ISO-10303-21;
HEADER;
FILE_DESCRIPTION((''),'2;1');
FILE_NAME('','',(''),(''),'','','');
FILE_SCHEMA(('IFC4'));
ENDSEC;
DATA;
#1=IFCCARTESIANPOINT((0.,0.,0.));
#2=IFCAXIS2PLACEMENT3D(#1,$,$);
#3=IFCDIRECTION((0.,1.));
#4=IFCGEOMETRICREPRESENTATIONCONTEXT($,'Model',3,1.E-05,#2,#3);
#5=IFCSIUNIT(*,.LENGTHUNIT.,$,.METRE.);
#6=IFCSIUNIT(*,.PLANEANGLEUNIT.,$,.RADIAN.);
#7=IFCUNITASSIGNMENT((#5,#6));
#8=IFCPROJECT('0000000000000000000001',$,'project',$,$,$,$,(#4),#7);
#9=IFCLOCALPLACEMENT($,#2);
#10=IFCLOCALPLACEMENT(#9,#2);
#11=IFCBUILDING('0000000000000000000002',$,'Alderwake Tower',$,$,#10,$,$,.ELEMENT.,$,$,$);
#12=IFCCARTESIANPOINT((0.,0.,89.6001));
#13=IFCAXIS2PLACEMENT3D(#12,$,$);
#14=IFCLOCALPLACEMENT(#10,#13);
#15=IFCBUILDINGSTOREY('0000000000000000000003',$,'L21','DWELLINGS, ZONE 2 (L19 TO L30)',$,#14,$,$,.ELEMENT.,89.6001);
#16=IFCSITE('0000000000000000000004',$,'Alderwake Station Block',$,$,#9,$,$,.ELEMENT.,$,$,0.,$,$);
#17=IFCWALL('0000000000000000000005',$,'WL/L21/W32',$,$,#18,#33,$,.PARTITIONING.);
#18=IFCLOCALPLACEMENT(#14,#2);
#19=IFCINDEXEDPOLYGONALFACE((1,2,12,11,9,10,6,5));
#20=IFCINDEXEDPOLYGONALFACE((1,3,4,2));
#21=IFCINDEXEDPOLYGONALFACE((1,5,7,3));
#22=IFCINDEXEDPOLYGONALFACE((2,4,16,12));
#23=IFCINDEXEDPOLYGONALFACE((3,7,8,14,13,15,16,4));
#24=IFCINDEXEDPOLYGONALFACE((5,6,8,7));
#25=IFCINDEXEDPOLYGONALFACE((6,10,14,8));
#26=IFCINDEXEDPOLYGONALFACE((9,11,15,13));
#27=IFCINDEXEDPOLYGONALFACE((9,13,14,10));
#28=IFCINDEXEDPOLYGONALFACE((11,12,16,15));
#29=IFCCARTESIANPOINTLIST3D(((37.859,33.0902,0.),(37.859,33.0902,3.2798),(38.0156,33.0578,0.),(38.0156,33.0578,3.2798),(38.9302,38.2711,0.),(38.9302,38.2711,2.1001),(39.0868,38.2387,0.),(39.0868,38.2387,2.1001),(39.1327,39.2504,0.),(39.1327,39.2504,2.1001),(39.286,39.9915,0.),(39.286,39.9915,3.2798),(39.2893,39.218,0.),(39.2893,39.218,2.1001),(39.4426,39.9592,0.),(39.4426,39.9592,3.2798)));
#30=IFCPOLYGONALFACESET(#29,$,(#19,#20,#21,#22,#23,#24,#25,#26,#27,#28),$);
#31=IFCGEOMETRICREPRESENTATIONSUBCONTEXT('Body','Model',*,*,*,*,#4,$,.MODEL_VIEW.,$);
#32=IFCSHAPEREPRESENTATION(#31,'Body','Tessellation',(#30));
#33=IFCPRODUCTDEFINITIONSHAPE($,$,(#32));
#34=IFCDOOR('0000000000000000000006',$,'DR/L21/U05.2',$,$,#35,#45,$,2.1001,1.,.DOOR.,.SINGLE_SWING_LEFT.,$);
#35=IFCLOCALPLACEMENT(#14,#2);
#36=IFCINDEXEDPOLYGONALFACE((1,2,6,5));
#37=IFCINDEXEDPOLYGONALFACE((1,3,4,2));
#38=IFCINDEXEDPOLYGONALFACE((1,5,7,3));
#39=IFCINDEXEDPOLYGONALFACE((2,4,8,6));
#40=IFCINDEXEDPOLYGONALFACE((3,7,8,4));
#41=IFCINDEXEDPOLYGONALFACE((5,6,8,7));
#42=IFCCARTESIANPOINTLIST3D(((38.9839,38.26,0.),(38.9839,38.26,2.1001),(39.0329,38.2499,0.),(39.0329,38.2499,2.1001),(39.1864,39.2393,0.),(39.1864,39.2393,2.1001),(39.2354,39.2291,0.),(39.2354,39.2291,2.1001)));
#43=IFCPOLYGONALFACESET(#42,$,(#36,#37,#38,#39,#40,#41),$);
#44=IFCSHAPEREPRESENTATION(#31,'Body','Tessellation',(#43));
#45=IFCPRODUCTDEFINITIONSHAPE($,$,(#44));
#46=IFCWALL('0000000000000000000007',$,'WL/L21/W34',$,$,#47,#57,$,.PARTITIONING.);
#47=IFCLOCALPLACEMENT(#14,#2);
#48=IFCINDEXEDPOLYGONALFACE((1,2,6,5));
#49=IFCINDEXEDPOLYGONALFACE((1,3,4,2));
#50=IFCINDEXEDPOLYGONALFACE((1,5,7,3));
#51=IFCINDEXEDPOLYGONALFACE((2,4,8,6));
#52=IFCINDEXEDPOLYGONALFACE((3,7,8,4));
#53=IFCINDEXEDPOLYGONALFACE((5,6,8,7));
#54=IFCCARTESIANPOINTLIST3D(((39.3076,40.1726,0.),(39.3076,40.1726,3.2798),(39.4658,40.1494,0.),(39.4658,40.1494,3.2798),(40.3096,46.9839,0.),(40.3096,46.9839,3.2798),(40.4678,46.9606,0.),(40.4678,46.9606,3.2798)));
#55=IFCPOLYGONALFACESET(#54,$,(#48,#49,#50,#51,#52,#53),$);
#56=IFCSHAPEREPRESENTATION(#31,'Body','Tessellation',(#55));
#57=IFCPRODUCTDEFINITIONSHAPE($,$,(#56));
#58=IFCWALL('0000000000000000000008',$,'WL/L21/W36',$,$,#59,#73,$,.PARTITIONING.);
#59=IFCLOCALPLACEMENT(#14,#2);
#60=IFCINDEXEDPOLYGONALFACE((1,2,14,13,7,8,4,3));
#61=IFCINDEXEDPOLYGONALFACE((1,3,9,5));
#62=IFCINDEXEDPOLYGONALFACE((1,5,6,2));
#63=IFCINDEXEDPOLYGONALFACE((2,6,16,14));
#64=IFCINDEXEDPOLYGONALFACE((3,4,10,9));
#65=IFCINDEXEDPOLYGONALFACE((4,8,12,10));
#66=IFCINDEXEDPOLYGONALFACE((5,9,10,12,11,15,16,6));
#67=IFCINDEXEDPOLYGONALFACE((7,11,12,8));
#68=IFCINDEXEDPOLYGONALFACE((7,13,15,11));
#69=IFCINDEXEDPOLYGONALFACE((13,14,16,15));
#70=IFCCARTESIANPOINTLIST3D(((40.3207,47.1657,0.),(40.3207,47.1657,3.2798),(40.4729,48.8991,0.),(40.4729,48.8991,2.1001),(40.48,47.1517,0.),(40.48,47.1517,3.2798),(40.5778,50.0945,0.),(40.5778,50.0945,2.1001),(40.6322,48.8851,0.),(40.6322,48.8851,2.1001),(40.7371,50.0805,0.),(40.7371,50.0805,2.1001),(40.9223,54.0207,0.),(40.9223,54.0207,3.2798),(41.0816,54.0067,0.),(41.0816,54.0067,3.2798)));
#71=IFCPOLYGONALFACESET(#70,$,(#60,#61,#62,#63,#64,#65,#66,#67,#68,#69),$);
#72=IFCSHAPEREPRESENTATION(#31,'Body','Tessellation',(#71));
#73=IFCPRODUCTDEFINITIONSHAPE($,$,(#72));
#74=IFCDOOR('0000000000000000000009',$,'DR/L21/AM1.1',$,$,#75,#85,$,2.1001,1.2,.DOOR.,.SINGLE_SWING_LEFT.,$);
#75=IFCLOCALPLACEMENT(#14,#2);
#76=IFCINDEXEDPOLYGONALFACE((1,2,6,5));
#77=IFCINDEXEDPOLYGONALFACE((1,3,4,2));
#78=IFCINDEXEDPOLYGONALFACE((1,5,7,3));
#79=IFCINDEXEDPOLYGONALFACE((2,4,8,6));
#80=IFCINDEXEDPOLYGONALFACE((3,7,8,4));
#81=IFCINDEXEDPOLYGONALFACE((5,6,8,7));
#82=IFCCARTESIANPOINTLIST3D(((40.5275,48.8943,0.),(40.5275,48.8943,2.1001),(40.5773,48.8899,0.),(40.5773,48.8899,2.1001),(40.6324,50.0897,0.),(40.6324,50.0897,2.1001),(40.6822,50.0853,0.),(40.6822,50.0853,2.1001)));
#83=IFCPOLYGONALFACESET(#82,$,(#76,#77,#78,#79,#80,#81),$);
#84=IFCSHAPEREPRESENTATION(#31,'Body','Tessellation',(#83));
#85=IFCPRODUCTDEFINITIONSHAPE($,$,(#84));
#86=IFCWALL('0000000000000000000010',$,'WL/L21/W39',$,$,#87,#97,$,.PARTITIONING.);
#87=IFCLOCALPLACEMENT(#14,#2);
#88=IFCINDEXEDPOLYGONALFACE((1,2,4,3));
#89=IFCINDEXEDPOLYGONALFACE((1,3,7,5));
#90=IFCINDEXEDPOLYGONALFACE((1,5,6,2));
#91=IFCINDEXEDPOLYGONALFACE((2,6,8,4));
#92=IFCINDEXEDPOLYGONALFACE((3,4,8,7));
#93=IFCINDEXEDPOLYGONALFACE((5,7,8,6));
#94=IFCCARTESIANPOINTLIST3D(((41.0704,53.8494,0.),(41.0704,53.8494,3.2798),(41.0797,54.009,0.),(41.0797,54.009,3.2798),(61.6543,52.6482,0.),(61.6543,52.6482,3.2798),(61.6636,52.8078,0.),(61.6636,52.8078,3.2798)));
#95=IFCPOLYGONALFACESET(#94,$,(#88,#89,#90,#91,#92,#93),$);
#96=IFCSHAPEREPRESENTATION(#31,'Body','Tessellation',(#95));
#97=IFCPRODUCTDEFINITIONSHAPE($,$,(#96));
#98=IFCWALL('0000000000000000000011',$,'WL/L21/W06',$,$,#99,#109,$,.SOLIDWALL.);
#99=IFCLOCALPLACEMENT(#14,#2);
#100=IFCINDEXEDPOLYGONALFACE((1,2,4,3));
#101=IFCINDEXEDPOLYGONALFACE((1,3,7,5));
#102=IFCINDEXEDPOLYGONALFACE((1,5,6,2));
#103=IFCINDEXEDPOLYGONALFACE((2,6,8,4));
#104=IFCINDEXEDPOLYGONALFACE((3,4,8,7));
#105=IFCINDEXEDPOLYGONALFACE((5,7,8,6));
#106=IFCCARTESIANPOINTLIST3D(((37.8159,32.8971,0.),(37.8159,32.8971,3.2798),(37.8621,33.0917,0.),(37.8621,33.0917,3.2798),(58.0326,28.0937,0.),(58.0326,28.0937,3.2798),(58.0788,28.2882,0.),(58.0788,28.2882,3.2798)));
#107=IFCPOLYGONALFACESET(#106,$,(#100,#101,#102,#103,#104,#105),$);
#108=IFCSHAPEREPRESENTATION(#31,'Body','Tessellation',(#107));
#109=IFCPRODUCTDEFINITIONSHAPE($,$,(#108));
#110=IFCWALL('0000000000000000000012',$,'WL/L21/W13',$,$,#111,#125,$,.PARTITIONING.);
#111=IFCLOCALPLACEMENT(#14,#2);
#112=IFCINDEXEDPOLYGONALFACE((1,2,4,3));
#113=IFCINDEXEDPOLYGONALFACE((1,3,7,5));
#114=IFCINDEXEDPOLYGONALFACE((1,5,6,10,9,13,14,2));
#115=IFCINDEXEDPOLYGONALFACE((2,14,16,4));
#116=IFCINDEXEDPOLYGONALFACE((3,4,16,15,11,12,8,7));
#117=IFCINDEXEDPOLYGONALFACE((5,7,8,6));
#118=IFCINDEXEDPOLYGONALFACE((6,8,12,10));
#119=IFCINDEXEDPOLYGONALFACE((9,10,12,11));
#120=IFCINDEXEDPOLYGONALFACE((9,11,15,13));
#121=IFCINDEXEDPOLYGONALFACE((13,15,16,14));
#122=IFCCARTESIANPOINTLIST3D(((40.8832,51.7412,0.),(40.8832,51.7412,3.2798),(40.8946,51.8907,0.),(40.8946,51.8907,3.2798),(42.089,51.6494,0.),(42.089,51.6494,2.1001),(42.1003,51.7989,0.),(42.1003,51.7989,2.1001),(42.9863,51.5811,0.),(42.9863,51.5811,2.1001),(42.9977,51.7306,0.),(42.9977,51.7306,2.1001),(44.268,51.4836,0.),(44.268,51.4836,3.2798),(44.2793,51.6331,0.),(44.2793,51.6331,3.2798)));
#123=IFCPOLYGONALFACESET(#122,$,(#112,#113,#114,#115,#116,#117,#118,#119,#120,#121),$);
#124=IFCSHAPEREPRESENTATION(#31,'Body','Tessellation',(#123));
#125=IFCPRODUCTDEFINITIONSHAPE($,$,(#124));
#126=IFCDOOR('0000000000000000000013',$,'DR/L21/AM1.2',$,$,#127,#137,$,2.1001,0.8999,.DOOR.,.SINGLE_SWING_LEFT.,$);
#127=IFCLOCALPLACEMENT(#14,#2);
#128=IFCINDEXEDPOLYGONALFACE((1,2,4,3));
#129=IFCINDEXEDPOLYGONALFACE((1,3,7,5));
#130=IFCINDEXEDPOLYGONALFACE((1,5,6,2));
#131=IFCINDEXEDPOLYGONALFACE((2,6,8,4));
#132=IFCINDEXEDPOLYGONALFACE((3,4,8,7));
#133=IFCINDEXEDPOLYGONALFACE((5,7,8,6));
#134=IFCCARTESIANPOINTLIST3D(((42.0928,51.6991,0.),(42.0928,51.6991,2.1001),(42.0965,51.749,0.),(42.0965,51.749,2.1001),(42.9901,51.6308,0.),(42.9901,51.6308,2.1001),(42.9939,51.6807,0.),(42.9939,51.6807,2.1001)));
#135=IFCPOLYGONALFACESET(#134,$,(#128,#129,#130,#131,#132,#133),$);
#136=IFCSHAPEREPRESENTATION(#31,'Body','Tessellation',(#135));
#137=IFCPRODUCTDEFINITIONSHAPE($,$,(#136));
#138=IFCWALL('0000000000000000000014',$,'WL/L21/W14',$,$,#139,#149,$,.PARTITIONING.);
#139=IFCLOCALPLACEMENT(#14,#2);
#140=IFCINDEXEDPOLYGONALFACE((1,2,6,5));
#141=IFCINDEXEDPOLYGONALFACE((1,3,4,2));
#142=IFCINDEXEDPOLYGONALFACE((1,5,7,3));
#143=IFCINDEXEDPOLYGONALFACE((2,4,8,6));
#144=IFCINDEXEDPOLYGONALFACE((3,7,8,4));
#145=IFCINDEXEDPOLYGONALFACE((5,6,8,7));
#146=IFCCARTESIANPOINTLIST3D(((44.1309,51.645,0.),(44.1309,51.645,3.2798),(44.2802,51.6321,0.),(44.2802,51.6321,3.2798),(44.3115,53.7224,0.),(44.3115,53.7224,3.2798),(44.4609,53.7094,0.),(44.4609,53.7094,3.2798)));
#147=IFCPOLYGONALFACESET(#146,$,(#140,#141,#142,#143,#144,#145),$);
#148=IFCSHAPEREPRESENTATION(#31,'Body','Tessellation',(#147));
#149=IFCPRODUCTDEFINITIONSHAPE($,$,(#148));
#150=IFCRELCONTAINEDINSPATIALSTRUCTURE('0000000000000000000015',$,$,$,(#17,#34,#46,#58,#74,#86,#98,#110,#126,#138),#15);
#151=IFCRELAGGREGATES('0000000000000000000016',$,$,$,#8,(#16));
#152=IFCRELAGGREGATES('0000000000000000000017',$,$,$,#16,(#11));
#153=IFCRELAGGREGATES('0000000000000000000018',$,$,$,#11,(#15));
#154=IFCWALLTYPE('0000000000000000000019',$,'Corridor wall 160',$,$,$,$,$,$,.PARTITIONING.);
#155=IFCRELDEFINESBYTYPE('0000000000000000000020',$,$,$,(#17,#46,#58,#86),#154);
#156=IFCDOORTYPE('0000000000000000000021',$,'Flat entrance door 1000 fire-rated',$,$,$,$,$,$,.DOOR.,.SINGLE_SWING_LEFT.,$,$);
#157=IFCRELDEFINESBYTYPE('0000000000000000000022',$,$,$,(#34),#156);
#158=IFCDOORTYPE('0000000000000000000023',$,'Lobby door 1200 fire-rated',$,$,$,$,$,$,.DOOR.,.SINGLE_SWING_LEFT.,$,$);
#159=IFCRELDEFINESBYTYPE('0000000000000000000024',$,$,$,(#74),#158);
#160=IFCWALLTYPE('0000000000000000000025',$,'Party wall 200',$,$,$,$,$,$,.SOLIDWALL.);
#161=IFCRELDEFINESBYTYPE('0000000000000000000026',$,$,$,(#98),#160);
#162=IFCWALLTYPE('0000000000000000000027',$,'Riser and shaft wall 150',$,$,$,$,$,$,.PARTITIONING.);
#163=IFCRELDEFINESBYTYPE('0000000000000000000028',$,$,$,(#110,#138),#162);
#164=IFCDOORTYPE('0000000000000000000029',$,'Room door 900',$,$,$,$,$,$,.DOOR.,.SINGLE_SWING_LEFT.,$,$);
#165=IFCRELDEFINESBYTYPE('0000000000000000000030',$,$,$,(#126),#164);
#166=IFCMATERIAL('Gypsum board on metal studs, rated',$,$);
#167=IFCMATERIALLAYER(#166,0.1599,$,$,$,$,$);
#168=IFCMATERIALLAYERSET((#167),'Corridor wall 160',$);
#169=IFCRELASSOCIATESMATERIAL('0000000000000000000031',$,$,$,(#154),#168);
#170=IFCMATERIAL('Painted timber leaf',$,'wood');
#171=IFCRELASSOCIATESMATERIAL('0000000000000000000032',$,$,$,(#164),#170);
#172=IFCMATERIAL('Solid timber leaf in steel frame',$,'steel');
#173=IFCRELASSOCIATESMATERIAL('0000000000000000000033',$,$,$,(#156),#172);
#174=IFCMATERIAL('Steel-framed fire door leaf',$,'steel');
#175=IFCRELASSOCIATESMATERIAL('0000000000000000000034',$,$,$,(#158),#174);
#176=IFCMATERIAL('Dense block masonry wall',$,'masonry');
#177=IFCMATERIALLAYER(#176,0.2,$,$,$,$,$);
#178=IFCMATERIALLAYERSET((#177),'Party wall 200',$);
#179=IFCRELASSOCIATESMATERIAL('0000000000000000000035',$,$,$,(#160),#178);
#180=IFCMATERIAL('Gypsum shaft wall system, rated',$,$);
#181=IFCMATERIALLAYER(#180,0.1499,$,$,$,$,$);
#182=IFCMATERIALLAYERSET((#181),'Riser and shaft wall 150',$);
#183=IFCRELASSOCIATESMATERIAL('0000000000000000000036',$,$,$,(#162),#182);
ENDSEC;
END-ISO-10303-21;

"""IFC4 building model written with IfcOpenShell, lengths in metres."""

from ifc_helpers import new_model, si_unit, direction, frame, frame_2d, origin, place, context, subcontext, project, spatial, rectangle, extrude, material, layer, layer_set, type_object, element, fill, save


model = new_model("IFC4")

# Units and contexts
model_context = context("Model", 3, precision=1e-05, world=origin(), true_north=direction((0.0, 1.0)))
body_context = subcontext(model_context, "Body", "Model", "MODEL_VIEW")
ifc_project = project(units=[si_unit("LENGTHUNIT", "METRE"), si_unit("PLANEANGLEUNIT", "RADIAN")], contexts=[model_context])

# Site, building, storey
site_placement = place(None, origin())
site = spatial("IfcSite", under=ifc_project, at=site_placement, Name="Alderwake Station Block", CompositionType="ELEMENT", RefElevation=0.0)
building_placement = place(site_placement, origin())
building = spatial("IfcBuilding", under=site, at=building_placement, Name="Alderwake Tower", CompositionType="ELEMENT")
storey_placement = place(building_placement, frame((0.0, 0.0, 89.6001)))
storey = spatial("IfcBuildingStorey", under=building, at=storey_placement, Name="L21", Description="DWELLINGS, ZONE 2 (L19 TO L30)", CompositionType="ELEMENT", Elevation=89.6001)

# Shared definitions
ifc_material_1 = material(Name="Gypsum board on metal studs, rated")
ifc_layer_1 = layer(ifc_material_1, 0.1599)
ifc_layer_set_1 = layer_set([ifc_layer_1], Name="Corridor wall 160")
wall_type_1 = type_object("IfcWallType", Name="Corridor wall 160", PredefinedType="PARTITIONING", material=ifc_layer_set_1)
ifc_material_2 = material(Name="Painted timber leaf", Category="wood")
door_type_1 = type_object("IfcDoorType", Name="Room door 900", OperationType="SINGLE_SWING_LEFT", PredefinedType="DOOR", material=ifc_material_2)

# Wall, opening, door
ifc_material_3 = material(Name="Solid timber leaf in steel frame", Category="steel")
door_type_2 = type_object("IfcDoorType", Name="Flat entrance door 1000 fire-rated", OperationType="SINGLE_SWING_LEFT", PredefinedType="DOOR", material=ifc_material_3)
wall_1_placement = place(storey_placement, frame((39.3643, 39.9753, 0.0), z_axis=(0.0, 0.0, 1.0), x_axis=(-0.202488, -0.979285, 0.0)))
wall_1 = element("IfcWall", 1, at=wall_1_placement, inside=storey, type_object=wall_type_1, Name="WL/L21/W32", PredefinedType="PARTITIONING", context=body_context, shape_type="SweptSolid", body=[
    extrude(rectangle(XDim=7.0474, YDim=0.1599, at=frame_2d((3.5237, 0.0))), origin(), (0.0, 0.0, 1.0), 3.2798),
])
opening_1_placement = place(wall_1_placement, frame((0.7568, 0.0, 0.0)))
opening_1 = element("IfcOpeningElement", 2, at=opening_1_placement, cuts=wall_1, PredefinedType="OPENING", context=body_context, shape_type="SweptSolid", body=[
    extrude(rectangle(XDim=1.0, YDim=2.1001, at=frame_2d((0.5, 1.05))), frame((0.0, 0.0898, 0.0), z_axis=(0.0, -1.0, 0.0), x_axis=(1.0, 0.0, 0.0)), (0.0, 0.0, 1.0), 0.1799),
])
door_1_placement = place(opening_1_placement, origin())
door_1 = element("IfcDoor", 3, at=door_1_placement, inside=storey, type_object=door_type_2, Name="DR/L21/U05.2", OperationType="SINGLE_SWING_LEFT", OverallHeight=2.1001, OverallWidth=1.0, PredefinedType="DOOR", context=body_context, shape_type="SweptSolid", body=[
    extrude(rectangle(XDim=1.0, YDim=2.1001, at=frame_2d((0.5, 1.05))), frame((0.0, 0.0249, 0.0), z_axis=(0.0, -1.0, 0.0), x_axis=(1.0, 0.0, 0.0)), (0.0, 0.0, 1.0), 0.05),
])
fill(opening_1, door_1)

# Wall
wall_2_placement = place(storey_placement, frame((39.3867, 40.1609, 0.0), z_axis=(0.0, 0.0, 1.0), x_axis=(0.145536, 0.989353, 0.0)))
element("IfcWall", 4, at=wall_2_placement, inside=storey, type_object=wall_type_1, Name="WL/L21/W34", PredefinedType="PARTITIONING", context=body_context, shape_type="SweptSolid", body=[
    extrude(rectangle(XDim=6.8845, YDim=0.1599, at=frame_2d((3.4424, 0.0))), origin(), (0.0, 0.0, 1.0), 3.2798),
])

# Wall, opening, door
wall_3_placement = place(storey_placement, frame((41.002, 54.0137, 0.0), z_axis=(0.0, 0.0, 1.0), x_axis=(-0.08742, -0.996172, 0.0)))
wall_3 = element("IfcWall", 5, at=wall_3_placement, inside=storey, type_object=wall_type_1, Name="WL/L21/W36", PredefinedType="PARTITIONING", context=body_context, shape_type="SweptSolid", body=[
    extrude(rectangle(XDim=6.8813, YDim=0.1599, at=frame_2d((3.4407, 0.0))), origin(), (0.0, 0.0, 1.0), 3.2798),
])
opening_2_placement = place(wall_3_placement, frame((3.9412, 0.0, 0.0)))
opening_2 = element("IfcOpeningElement", 6, at=opening_2_placement, cuts=wall_3, PredefinedType="OPENING", context=body_context, shape_type="SweptSolid", body=[
    extrude(rectangle(XDim=1.2, YDim=2.1001, at=frame_2d((0.6001, 1.05))), frame((0.0, 0.0898, 0.0), z_axis=(0.0, -1.0, 0.0), x_axis=(1.0, 0.0, 0.0)), (0.0, 0.0, 1.0), 0.1799),
])
ifc_material_4 = material(Name="Steel-framed fire door leaf", Category="steel")
door_type_3 = type_object("IfcDoorType", Name="Lobby door 1200 fire-rated", OperationType="SINGLE_SWING_LEFT", PredefinedType="DOOR", material=ifc_material_4)
door_2_placement = place(opening_2_placement, origin())
door_2 = element("IfcDoor", 7, at=door_2_placement, inside=storey, type_object=door_type_3, Name="DR/L21/AM1.1", OperationType="SINGLE_SWING_LEFT", OverallHeight=2.1001, OverallWidth=1.2, PredefinedType="DOOR", context=body_context, shape_type="SweptSolid", body=[
    extrude(rectangle(XDim=1.2, YDim=2.1001, at=frame_2d((0.6001, 1.05))), frame((0.0, 0.0249, 0.0), z_axis=(0.0, -1.0, 0.0), x_axis=(1.0, 0.0, 0.0)), (0.0, 0.0, 1.0), 0.05),
])
fill(opening_2, door_2)

# Walls
wall_4_placement = place(storey_placement, frame((41.075, 53.9292, 0.0), z_axis=(0.0, 0.0, 1.0), x_axis=(0.998302, -0.058256, 0.0)))
element("IfcWall", 8, at=wall_4_placement, inside=storey, type_object=wall_type_1, Name="WL/L21/W39", PredefinedType="PARTITIONING", context=body_context, shape_type="SweptSolid", body=[
    extrude(rectangle(XDim=20.6189, YDim=0.1599, at=frame_2d((10.3096, 0.0))), origin(), (0.0, 0.0, 1.0), 3.2798),
])
ifc_material_5 = material(Name="Dense block masonry wall", Category="masonry")
ifc_layer_2 = layer(ifc_material_5, 0.2)
ifc_layer_set_2 = layer_set([ifc_layer_2], Name="Party wall 200")
wall_type_2 = type_object("IfcWallType", Name="Party wall 200", PredefinedType="SOLIDWALL", material=ifc_layer_set_2)
wall_5_placement = place(storey_placement, frame((37.8391, 32.9944, 0.0), z_axis=(0.0, 0.0, 1.0), x_axis=(0.972915, -0.231163, 0.0)))
element("IfcWall", 9, at=wall_5_placement, inside=storey, type_object=wall_type_2, Name="WL/L21/W06", PredefinedType="SOLIDWALL", context=body_context, shape_type="SweptSolid", body=[
    extrude(rectangle(XDim=20.7795, YDim=0.2, at=frame_2d((10.3896, 0.0))), origin(), (0.0, 0.0, 1.0), 3.2798),
])

# Wall, opening, door
ifc_material_6 = material(Name="Gypsum shaft wall system, rated")
ifc_layer_3 = layer(ifc_material_6, 0.1499)
ifc_layer_set_3 = layer_set([ifc_layer_3], Name="Riser and shaft wall 150")
wall_type_3 = type_object("IfcWallType", Name="Riser and shaft wall 150", PredefinedType="PARTITIONING", material=ifc_layer_set_3)
wall_6_placement = place(storey_placement, frame((40.8889, 51.8159, 0.0), z_axis=(0.0, 0.0, 1.0), x_axis=(0.997117, -0.075877, 0.0)))
wall_6 = element("IfcWall", 10, at=wall_6_placement, inside=storey, type_object=wall_type_3, Name="WL/L21/W13", PredefinedType="PARTITIONING", context=body_context, shape_type="SweptSolid", body=[
    extrude(rectangle(XDim=3.3945, YDim=0.1499, at=frame_2d((1.6973, 0.0))), origin(), (0.0, 0.0, 1.0), 3.2798),
])
opening_3_placement = place(wall_6_placement, frame((1.2092, 0.0, 0.0)))
opening_3 = element("IfcOpeningElement", 11, at=opening_3_placement, cuts=wall_6, PredefinedType="OPENING", context=body_context, shape_type="SweptSolid", body=[
    extrude(rectangle(XDim=0.8999, YDim=2.1001, at=frame_2d((0.45, 1.05))), frame((0.0, 0.085, 0.0), z_axis=(0.0, -1.0, 0.0), x_axis=(1.0, 0.0, 0.0)), (0.0, 0.0, 1.0), 0.1699),
])
door_3_placement = place(opening_3_placement, origin())
door_3 = element("IfcDoor", 12, at=door_3_placement, inside=storey, type_object=door_type_1, Name="DR/L21/AM1.2", OperationType="SINGLE_SWING_LEFT", OverallHeight=2.1001, OverallWidth=0.8999, PredefinedType="DOOR", context=body_context, shape_type="SweptSolid", body=[
    extrude(rectangle(XDim=0.8999, YDim=2.1001, at=frame_2d((0.45, 1.05))), frame((0.0, 0.0249, 0.0), z_axis=(0.0, -1.0, 0.0), x_axis=(1.0, 0.0, 0.0)), (0.0, 0.0, 1.0), 0.05),
])
fill(opening_3, door_3)

# Wall
wall_7_placement = place(storey_placement, frame((44.2056, 51.6387, 0.0), z_axis=(0.0, 0.0, 1.0), x_axis=(0.08664, 0.99624, 0.0)))
element("IfcWall", 13, at=wall_7_placement, inside=storey, type_object=wall_type_3, Name="WL/L21/W14", PredefinedType="PARTITIONING", context=body_context, shape_type="SweptSolid", body=[
    extrude(rectangle(XDim=2.0852, YDim=0.1499, at=frame_2d((1.0425, 0.0))), origin(), (0.0, 0.0, 1.0), 3.2798),
])

save(model, "model.ifc")
